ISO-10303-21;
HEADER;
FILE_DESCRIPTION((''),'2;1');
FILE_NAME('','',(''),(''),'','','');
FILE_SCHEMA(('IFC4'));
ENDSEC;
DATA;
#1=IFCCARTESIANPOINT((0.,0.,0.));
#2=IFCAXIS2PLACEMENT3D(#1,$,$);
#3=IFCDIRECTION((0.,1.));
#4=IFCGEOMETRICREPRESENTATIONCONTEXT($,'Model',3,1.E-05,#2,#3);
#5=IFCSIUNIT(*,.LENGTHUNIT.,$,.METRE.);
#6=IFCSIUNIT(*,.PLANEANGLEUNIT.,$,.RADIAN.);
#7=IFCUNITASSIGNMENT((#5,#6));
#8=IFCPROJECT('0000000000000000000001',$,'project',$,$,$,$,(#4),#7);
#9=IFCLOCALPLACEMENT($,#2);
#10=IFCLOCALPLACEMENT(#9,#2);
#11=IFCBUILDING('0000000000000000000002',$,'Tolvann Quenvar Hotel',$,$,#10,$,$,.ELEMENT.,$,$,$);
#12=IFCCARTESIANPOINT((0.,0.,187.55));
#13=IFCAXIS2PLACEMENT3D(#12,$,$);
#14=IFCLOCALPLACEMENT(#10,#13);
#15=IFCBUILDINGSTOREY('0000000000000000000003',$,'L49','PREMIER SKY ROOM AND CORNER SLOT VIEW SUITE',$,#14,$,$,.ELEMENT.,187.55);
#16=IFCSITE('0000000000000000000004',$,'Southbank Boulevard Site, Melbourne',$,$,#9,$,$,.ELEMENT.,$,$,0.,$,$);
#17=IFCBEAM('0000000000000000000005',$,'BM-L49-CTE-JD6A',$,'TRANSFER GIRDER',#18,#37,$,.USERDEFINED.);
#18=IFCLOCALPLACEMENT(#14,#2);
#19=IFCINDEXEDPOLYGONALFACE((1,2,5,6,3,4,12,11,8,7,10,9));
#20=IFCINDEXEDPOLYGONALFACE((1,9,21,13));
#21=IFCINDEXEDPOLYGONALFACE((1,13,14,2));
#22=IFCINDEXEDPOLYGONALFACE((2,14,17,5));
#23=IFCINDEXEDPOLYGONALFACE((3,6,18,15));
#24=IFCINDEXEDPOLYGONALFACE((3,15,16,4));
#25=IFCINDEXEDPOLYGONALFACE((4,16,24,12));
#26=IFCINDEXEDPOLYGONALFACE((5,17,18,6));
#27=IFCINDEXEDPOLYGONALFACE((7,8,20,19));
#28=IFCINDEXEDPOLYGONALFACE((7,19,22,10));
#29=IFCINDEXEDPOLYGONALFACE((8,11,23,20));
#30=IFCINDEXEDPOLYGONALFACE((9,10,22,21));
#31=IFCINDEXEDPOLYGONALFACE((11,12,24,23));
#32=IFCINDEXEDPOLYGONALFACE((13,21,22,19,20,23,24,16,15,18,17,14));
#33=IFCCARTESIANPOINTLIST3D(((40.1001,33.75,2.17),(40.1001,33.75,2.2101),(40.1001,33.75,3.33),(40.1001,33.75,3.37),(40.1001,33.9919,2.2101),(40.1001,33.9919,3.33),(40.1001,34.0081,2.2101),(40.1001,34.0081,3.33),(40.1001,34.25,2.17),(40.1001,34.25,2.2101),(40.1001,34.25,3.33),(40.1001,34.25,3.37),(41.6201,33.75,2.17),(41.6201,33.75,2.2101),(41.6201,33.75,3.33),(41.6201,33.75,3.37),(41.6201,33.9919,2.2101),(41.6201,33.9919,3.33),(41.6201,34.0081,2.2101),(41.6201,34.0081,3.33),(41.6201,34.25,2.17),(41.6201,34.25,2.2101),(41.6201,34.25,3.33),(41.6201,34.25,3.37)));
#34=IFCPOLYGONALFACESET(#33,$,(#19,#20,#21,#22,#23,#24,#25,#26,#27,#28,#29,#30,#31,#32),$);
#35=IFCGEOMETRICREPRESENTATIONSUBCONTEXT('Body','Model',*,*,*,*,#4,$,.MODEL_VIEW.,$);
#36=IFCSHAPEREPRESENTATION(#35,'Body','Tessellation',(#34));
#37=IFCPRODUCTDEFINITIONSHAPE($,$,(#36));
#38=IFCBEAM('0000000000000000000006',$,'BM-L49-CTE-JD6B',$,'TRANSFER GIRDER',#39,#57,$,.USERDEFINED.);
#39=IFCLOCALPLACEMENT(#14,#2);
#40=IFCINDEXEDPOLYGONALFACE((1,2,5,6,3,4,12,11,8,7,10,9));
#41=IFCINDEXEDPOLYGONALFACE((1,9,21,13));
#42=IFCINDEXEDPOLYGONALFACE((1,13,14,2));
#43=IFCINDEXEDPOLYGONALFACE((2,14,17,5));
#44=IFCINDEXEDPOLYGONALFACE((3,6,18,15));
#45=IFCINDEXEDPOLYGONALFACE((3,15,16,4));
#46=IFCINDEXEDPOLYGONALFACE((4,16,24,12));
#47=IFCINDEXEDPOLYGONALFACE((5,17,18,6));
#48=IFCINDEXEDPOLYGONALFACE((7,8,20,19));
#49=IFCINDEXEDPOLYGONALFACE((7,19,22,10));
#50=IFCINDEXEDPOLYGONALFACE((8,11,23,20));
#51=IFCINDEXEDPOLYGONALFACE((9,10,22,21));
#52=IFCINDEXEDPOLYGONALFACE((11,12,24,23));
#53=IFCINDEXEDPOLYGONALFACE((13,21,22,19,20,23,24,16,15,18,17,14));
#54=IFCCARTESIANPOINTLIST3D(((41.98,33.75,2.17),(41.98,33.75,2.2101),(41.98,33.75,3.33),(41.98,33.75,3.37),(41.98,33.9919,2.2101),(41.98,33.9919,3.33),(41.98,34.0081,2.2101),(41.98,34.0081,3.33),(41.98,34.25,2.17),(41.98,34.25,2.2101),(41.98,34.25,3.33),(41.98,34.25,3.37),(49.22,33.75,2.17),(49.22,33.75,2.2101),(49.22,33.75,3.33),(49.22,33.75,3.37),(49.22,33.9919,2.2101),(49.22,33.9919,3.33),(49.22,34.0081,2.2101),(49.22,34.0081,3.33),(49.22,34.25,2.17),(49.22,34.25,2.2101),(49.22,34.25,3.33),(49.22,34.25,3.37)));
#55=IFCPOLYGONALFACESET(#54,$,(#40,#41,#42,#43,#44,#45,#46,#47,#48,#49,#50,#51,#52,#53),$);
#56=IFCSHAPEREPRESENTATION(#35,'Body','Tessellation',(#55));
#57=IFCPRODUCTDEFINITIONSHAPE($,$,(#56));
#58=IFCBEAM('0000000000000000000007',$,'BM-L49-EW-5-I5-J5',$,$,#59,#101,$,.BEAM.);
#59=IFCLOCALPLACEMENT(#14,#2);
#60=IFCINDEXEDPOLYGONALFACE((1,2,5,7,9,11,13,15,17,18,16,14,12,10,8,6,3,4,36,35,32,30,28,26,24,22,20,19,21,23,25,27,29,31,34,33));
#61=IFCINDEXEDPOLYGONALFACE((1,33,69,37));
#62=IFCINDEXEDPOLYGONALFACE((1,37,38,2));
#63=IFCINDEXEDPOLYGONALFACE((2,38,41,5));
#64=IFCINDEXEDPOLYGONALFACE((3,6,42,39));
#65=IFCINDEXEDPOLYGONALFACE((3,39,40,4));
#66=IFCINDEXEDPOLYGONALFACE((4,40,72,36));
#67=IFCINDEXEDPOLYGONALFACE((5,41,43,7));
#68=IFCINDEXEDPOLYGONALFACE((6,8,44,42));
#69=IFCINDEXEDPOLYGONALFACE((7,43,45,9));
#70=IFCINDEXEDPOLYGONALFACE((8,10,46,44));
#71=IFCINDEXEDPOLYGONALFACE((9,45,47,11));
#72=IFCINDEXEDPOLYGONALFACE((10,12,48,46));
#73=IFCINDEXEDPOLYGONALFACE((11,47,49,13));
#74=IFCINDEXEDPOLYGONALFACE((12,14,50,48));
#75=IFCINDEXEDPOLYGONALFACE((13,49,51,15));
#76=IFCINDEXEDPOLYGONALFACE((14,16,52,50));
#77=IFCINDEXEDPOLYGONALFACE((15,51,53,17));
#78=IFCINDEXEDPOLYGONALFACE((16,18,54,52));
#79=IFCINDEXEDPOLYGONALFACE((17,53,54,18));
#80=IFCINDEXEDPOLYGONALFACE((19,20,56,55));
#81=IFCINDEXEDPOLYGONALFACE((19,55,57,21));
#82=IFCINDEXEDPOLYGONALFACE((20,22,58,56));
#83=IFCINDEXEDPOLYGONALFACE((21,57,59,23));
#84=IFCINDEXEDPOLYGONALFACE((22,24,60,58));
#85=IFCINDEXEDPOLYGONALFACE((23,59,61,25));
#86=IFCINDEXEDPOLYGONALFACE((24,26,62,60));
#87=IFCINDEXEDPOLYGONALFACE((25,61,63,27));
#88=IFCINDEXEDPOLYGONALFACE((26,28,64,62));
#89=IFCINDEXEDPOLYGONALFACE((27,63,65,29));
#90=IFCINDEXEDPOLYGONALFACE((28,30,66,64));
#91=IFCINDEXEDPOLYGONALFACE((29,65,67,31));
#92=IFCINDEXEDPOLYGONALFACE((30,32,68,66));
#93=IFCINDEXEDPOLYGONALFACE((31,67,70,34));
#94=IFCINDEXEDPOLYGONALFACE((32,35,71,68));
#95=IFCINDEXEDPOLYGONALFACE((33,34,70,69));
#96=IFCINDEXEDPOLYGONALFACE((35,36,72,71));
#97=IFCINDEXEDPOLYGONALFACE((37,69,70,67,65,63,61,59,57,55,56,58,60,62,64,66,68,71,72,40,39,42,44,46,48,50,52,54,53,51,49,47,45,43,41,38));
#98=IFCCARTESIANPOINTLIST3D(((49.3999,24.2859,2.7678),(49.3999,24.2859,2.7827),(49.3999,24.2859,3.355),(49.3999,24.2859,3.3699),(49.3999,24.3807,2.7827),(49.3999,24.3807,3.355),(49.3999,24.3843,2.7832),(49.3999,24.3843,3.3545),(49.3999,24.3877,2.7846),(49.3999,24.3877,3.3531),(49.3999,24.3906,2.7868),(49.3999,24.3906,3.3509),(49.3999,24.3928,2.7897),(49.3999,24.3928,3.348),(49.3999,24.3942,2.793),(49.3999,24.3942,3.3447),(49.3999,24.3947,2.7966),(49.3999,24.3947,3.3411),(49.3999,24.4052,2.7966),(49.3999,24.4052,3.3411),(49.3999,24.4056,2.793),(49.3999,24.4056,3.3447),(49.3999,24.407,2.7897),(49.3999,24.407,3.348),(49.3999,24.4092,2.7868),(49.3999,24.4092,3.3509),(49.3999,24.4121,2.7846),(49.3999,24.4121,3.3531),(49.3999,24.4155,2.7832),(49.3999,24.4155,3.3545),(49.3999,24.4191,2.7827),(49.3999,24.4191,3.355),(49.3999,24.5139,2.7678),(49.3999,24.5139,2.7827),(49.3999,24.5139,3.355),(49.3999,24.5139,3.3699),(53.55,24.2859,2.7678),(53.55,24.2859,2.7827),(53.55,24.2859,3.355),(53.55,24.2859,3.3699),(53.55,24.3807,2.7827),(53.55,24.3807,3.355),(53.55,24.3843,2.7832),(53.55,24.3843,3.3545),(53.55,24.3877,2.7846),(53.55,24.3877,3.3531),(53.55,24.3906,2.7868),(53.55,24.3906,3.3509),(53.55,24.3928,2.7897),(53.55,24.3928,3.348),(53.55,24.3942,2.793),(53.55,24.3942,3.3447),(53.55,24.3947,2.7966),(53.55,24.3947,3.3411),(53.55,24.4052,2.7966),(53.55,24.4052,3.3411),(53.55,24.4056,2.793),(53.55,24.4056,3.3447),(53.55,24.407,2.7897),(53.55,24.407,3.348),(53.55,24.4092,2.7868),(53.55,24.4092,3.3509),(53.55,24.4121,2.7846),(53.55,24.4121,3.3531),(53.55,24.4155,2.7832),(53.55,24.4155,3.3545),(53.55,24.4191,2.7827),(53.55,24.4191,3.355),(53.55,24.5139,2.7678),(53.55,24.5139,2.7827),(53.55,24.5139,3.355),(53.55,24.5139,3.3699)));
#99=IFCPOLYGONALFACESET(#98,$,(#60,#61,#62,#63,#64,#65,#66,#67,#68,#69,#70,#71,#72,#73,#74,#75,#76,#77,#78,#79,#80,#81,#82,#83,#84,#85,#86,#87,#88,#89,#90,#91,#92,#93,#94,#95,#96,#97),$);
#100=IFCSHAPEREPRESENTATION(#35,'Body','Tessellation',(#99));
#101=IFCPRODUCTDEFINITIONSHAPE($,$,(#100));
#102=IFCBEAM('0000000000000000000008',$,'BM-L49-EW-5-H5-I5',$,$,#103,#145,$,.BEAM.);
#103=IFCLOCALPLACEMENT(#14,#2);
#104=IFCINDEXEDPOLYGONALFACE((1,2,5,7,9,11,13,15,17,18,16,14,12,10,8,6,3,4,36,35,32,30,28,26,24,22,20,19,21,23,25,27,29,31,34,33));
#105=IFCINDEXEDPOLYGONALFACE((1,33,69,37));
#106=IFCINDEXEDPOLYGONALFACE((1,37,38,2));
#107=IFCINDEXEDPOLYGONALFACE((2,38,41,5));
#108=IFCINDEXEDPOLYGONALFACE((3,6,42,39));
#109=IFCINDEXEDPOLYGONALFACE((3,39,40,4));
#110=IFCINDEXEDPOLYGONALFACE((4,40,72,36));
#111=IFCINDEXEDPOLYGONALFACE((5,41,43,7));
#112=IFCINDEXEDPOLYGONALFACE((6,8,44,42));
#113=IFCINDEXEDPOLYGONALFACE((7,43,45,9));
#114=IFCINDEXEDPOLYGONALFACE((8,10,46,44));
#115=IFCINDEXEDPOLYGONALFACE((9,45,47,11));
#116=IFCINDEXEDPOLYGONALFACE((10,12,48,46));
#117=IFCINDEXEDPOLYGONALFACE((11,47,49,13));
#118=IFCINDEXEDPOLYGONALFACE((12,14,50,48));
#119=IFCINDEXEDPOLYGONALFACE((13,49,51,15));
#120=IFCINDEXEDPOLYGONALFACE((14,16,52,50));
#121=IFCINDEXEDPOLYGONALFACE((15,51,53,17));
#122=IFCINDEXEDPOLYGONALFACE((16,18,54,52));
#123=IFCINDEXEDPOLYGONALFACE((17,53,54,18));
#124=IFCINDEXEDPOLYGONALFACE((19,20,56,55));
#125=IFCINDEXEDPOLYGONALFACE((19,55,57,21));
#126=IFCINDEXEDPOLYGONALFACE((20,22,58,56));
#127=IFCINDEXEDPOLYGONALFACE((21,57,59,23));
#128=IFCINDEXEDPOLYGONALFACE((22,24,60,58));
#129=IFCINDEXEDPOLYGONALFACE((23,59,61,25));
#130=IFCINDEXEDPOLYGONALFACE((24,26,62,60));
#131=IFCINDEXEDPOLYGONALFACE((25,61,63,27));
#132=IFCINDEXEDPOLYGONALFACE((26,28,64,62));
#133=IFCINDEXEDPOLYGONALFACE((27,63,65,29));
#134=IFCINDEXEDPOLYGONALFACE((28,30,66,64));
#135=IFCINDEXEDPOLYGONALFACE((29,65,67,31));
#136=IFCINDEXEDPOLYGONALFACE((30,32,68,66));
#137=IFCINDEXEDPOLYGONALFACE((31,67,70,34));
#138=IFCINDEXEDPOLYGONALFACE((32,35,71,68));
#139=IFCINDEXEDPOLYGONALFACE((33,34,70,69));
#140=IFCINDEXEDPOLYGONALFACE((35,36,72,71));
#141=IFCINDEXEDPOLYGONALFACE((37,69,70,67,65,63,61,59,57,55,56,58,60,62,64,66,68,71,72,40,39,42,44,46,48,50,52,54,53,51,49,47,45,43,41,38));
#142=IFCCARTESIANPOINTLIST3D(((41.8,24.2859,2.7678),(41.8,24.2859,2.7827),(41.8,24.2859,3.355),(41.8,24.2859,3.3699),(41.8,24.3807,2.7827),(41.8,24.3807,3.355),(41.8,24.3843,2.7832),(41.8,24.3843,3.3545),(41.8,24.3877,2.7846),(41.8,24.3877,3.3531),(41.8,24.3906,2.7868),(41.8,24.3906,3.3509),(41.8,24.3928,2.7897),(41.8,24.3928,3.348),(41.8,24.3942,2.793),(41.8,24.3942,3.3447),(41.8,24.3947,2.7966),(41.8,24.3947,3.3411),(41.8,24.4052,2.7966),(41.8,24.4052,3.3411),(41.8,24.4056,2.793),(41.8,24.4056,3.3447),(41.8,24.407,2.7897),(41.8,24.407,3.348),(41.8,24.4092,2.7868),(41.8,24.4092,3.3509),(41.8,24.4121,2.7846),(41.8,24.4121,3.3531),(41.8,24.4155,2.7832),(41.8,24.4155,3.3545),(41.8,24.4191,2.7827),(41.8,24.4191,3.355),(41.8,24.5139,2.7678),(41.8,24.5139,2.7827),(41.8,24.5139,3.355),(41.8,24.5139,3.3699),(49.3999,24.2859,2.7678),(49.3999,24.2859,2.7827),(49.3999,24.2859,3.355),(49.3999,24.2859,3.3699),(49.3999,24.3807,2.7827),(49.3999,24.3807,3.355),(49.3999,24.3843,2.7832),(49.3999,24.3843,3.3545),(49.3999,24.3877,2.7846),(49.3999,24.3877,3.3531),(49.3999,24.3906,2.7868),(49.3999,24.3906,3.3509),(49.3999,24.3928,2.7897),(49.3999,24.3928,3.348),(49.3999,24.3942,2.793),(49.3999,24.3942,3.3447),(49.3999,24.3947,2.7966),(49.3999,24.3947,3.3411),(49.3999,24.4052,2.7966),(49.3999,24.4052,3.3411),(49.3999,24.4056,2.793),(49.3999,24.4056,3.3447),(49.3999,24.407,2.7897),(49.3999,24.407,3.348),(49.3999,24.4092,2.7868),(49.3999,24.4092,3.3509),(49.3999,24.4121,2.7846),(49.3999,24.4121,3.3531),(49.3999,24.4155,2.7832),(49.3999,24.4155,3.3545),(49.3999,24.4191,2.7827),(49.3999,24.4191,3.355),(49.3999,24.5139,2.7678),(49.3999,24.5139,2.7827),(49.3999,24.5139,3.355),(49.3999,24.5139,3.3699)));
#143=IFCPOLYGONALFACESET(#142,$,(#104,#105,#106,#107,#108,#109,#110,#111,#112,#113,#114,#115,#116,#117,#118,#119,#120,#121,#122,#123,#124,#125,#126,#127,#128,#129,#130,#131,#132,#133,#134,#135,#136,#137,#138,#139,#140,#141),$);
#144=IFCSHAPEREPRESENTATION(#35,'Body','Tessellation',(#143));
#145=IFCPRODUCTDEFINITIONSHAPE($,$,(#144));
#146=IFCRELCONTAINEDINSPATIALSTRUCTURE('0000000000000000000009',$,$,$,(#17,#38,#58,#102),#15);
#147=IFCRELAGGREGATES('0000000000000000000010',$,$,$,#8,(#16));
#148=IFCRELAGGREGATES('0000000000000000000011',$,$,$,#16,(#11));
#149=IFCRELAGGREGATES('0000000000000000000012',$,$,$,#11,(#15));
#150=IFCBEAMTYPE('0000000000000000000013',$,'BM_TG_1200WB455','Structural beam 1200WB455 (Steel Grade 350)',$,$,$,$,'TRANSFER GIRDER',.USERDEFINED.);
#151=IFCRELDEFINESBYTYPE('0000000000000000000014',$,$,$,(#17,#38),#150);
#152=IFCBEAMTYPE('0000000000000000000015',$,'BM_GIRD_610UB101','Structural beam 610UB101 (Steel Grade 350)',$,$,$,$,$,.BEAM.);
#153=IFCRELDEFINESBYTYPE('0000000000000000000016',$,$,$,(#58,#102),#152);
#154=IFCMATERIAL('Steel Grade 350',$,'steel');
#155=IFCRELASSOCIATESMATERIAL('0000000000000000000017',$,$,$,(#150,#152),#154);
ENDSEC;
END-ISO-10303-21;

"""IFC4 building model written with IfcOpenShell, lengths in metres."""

from ifc_helpers import new_model, si_unit, direction, frame, origin, origin_2d, place, context, subcontext, project, spatial, i_section, extrude, source, transform, mapped, material, material_profile, profile_set, type_object, element, save


model = new_model("IFC4")

# Units and contexts
model_context = context("Model", 3, precision=1e-05, world=origin(), true_north=direction((0.0, 1.0)))
body_context = subcontext(model_context, "Body", "Model", "MODEL_VIEW")
ifc_project = project(units=[si_unit("LENGTHUNIT", "METRE"), si_unit("PLANEANGLEUNIT", "RADIAN")], contexts=[model_context])

# Site, building, storey
site_placement = place(None, origin())
site = spatial("IfcSite", under=ifc_project, at=site_placement, Name="Southbank Boulevard Site, Melbourne", CompositionType="ELEMENT", RefElevation=0.0)
building_placement = place(site_placement, origin())
building = spatial("IfcBuilding", under=site, at=building_placement, Name="Tolvann Quenvar Hotel", CompositionType="ELEMENT")
storey_placement = place(building_placement, frame((0.0, 0.0, 187.55)))
storey = spatial("IfcBuildingStorey", under=building, at=storey_placement, Name="L49", Description="PREMIER SKY ROOM AND CORNER SLOT VIEW SUITE", CompositionType="ELEMENT", Elevation=187.55)

# Shared definitions
ifc_material_1 = material(Name="Steel Grade 350", Category="steel")

# Beams
ifc_material_profile_1 = material_profile(ifc_material_1, i_section(OverallWidth=0.5, OverallDepth=1.2, WebThickness=0.0161, FlangeThickness=0.04, at=origin_2d()), Name="1200WB455")
ifc_profile_set_1 = profile_set([ifc_material_profile_1], Name="Steel Grade 350")
beam_type_1 = type_object("IfcBeamType", Name="BM_TG_1200WB455", Description="Structural beam 1200WB455 (Steel Grade 350)", ElementType="TRANSFER GIRDER", PredefinedType="USERDEFINED", material=ifc_profile_set_1)
shared_shape_1 = source(origin(), body_context, "Body", "SweptSolid", [
    extrude(i_section(OverallWidth=0.5, OverallDepth=1.2, WebThickness=0.0161, FlangeThickness=0.04, at=origin_2d()), origin(), (0.0, 0.0, 1.0), 1.52),
])
beam_1_placement = place(storey_placement, frame((40.1001, 34.0, 2.77), z_axis=(1.0, 0.0, 0.0), x_axis=(0.0, 1.0, 0.0)))
element("IfcBeam", 1, at=beam_1_placement, inside=storey, type_object=beam_type_1, Name="BM-L49-CTE-JD6A", ObjectType="TRANSFER GIRDER", PredefinedType="USERDEFINED", context=body_context, shape_type="MappedRepresentation", body=[
    mapped(shared_shape_1, transform((0.0, 0.0, 0.0), x_axis=(1.0, 0.0, 0.0), y_axis=(0.0, 1.0, 0.0), z_axis=(0.0, 0.0, 1.0), scale=1.0)),
])
shared_shape_2 = source(origin(), body_context, "Body", "SweptSolid", [
    extrude(i_section(OverallWidth=0.5, OverallDepth=1.2, WebThickness=0.0161, FlangeThickness=0.04, at=origin_2d()), origin(), (0.0, 0.0, 1.0), 7.24),
])
beam_2_placement = place(storey_placement, frame((41.98, 34.0, 2.77), z_axis=(1.0, 0.0, 0.0), x_axis=(0.0, 1.0, 0.0)))
element("IfcBeam", 2, at=beam_2_placement, inside=storey, type_object=beam_type_1, Name="BM-L49-CTE-JD6B", ObjectType="TRANSFER GIRDER", PredefinedType="USERDEFINED", context=body_context, shape_type="MappedRepresentation", body=[
    mapped(shared_shape_2, transform((0.0, 0.0, 0.0), x_axis=(1.0, 0.0, 0.0), y_axis=(0.0, 1.0, 0.0), z_axis=(0.0, 0.0, 1.0), scale=1.0)),
])
ifc_material_profile_2 = material_profile(ifc_material_1, i_section(OverallWidth=0.228, OverallDepth=0.6021, WebThickness=0.0105, FlangeThickness=0.0149, FilletRadius=0.0139, at=origin_2d()), Name="610UB101")
ifc_profile_set_2 = profile_set([ifc_material_profile_2], Name="Steel Grade 350")
beam_type_2 = type_object("IfcBeamType", Name="BM_GIRD_610UB101", Description="Structural beam 610UB101 (Steel Grade 350)", PredefinedType="BEAM", material=ifc_profile_set_2)
shared_shape_3 = source(origin(), body_context, "Body", "SweptSolid", [
    extrude(i_section(OverallWidth=0.228, OverallDepth=0.6021, WebThickness=0.0105, FlangeThickness=0.0149, FilletRadius=0.0139, at=origin_2d()), origin(), (0.0, 0.0, 1.0), 4.1501),
])
beam_3_placement = place(storey_placement, frame((49.3999, 24.3999, 3.0688), z_axis=(1.0, 0.0, 0.0), x_axis=(0.0, 1.0, 0.0)))
element("IfcBeam", 3, at=beam_3_placement, inside=storey, type_object=beam_type_2, Name="BM-L49-EW-5-I5-J5", PredefinedType="BEAM", context=body_context, shape_type="MappedRepresentation", body=[
    mapped(shared_shape_3, transform((0.0, 0.0, 0.0), x_axis=(1.0, 0.0, 0.0), y_axis=(0.0, 1.0, 0.0), z_axis=(0.0, 0.0, 1.0), scale=1.0)),
])
shared_shape_4 = source(origin(), body_context, "Body", "SweptSolid", [
    extrude(i_section(OverallWidth=0.228, OverallDepth=0.6021, WebThickness=0.0105, FlangeThickness=0.0149, FilletRadius=0.0139, at=origin_2d()), origin(), (0.0, 0.0, 1.0), 7.5999),
])
beam_4_placement = place(storey_placement, frame((41.8, 24.3999, 3.0688), z_axis=(1.0, 0.0, 0.0), x_axis=(0.0, 1.0, 0.0)))
element("IfcBeam", 4, at=beam_4_placement, inside=storey, type_object=beam_type_2, Name="BM-L49-EW-5-H5-I5", PredefinedType="BEAM", context=body_context, shape_type="MappedRepresentation", body=[
    mapped(shared_shape_4, transform((0.0, 0.0, 0.0), x_axis=(1.0, 0.0, 0.0), y_axis=(0.0, 1.0, 0.0), z_axis=(0.0, 0.0, 1.0), scale=1.0)),
])

save(model, "model.ifc")
